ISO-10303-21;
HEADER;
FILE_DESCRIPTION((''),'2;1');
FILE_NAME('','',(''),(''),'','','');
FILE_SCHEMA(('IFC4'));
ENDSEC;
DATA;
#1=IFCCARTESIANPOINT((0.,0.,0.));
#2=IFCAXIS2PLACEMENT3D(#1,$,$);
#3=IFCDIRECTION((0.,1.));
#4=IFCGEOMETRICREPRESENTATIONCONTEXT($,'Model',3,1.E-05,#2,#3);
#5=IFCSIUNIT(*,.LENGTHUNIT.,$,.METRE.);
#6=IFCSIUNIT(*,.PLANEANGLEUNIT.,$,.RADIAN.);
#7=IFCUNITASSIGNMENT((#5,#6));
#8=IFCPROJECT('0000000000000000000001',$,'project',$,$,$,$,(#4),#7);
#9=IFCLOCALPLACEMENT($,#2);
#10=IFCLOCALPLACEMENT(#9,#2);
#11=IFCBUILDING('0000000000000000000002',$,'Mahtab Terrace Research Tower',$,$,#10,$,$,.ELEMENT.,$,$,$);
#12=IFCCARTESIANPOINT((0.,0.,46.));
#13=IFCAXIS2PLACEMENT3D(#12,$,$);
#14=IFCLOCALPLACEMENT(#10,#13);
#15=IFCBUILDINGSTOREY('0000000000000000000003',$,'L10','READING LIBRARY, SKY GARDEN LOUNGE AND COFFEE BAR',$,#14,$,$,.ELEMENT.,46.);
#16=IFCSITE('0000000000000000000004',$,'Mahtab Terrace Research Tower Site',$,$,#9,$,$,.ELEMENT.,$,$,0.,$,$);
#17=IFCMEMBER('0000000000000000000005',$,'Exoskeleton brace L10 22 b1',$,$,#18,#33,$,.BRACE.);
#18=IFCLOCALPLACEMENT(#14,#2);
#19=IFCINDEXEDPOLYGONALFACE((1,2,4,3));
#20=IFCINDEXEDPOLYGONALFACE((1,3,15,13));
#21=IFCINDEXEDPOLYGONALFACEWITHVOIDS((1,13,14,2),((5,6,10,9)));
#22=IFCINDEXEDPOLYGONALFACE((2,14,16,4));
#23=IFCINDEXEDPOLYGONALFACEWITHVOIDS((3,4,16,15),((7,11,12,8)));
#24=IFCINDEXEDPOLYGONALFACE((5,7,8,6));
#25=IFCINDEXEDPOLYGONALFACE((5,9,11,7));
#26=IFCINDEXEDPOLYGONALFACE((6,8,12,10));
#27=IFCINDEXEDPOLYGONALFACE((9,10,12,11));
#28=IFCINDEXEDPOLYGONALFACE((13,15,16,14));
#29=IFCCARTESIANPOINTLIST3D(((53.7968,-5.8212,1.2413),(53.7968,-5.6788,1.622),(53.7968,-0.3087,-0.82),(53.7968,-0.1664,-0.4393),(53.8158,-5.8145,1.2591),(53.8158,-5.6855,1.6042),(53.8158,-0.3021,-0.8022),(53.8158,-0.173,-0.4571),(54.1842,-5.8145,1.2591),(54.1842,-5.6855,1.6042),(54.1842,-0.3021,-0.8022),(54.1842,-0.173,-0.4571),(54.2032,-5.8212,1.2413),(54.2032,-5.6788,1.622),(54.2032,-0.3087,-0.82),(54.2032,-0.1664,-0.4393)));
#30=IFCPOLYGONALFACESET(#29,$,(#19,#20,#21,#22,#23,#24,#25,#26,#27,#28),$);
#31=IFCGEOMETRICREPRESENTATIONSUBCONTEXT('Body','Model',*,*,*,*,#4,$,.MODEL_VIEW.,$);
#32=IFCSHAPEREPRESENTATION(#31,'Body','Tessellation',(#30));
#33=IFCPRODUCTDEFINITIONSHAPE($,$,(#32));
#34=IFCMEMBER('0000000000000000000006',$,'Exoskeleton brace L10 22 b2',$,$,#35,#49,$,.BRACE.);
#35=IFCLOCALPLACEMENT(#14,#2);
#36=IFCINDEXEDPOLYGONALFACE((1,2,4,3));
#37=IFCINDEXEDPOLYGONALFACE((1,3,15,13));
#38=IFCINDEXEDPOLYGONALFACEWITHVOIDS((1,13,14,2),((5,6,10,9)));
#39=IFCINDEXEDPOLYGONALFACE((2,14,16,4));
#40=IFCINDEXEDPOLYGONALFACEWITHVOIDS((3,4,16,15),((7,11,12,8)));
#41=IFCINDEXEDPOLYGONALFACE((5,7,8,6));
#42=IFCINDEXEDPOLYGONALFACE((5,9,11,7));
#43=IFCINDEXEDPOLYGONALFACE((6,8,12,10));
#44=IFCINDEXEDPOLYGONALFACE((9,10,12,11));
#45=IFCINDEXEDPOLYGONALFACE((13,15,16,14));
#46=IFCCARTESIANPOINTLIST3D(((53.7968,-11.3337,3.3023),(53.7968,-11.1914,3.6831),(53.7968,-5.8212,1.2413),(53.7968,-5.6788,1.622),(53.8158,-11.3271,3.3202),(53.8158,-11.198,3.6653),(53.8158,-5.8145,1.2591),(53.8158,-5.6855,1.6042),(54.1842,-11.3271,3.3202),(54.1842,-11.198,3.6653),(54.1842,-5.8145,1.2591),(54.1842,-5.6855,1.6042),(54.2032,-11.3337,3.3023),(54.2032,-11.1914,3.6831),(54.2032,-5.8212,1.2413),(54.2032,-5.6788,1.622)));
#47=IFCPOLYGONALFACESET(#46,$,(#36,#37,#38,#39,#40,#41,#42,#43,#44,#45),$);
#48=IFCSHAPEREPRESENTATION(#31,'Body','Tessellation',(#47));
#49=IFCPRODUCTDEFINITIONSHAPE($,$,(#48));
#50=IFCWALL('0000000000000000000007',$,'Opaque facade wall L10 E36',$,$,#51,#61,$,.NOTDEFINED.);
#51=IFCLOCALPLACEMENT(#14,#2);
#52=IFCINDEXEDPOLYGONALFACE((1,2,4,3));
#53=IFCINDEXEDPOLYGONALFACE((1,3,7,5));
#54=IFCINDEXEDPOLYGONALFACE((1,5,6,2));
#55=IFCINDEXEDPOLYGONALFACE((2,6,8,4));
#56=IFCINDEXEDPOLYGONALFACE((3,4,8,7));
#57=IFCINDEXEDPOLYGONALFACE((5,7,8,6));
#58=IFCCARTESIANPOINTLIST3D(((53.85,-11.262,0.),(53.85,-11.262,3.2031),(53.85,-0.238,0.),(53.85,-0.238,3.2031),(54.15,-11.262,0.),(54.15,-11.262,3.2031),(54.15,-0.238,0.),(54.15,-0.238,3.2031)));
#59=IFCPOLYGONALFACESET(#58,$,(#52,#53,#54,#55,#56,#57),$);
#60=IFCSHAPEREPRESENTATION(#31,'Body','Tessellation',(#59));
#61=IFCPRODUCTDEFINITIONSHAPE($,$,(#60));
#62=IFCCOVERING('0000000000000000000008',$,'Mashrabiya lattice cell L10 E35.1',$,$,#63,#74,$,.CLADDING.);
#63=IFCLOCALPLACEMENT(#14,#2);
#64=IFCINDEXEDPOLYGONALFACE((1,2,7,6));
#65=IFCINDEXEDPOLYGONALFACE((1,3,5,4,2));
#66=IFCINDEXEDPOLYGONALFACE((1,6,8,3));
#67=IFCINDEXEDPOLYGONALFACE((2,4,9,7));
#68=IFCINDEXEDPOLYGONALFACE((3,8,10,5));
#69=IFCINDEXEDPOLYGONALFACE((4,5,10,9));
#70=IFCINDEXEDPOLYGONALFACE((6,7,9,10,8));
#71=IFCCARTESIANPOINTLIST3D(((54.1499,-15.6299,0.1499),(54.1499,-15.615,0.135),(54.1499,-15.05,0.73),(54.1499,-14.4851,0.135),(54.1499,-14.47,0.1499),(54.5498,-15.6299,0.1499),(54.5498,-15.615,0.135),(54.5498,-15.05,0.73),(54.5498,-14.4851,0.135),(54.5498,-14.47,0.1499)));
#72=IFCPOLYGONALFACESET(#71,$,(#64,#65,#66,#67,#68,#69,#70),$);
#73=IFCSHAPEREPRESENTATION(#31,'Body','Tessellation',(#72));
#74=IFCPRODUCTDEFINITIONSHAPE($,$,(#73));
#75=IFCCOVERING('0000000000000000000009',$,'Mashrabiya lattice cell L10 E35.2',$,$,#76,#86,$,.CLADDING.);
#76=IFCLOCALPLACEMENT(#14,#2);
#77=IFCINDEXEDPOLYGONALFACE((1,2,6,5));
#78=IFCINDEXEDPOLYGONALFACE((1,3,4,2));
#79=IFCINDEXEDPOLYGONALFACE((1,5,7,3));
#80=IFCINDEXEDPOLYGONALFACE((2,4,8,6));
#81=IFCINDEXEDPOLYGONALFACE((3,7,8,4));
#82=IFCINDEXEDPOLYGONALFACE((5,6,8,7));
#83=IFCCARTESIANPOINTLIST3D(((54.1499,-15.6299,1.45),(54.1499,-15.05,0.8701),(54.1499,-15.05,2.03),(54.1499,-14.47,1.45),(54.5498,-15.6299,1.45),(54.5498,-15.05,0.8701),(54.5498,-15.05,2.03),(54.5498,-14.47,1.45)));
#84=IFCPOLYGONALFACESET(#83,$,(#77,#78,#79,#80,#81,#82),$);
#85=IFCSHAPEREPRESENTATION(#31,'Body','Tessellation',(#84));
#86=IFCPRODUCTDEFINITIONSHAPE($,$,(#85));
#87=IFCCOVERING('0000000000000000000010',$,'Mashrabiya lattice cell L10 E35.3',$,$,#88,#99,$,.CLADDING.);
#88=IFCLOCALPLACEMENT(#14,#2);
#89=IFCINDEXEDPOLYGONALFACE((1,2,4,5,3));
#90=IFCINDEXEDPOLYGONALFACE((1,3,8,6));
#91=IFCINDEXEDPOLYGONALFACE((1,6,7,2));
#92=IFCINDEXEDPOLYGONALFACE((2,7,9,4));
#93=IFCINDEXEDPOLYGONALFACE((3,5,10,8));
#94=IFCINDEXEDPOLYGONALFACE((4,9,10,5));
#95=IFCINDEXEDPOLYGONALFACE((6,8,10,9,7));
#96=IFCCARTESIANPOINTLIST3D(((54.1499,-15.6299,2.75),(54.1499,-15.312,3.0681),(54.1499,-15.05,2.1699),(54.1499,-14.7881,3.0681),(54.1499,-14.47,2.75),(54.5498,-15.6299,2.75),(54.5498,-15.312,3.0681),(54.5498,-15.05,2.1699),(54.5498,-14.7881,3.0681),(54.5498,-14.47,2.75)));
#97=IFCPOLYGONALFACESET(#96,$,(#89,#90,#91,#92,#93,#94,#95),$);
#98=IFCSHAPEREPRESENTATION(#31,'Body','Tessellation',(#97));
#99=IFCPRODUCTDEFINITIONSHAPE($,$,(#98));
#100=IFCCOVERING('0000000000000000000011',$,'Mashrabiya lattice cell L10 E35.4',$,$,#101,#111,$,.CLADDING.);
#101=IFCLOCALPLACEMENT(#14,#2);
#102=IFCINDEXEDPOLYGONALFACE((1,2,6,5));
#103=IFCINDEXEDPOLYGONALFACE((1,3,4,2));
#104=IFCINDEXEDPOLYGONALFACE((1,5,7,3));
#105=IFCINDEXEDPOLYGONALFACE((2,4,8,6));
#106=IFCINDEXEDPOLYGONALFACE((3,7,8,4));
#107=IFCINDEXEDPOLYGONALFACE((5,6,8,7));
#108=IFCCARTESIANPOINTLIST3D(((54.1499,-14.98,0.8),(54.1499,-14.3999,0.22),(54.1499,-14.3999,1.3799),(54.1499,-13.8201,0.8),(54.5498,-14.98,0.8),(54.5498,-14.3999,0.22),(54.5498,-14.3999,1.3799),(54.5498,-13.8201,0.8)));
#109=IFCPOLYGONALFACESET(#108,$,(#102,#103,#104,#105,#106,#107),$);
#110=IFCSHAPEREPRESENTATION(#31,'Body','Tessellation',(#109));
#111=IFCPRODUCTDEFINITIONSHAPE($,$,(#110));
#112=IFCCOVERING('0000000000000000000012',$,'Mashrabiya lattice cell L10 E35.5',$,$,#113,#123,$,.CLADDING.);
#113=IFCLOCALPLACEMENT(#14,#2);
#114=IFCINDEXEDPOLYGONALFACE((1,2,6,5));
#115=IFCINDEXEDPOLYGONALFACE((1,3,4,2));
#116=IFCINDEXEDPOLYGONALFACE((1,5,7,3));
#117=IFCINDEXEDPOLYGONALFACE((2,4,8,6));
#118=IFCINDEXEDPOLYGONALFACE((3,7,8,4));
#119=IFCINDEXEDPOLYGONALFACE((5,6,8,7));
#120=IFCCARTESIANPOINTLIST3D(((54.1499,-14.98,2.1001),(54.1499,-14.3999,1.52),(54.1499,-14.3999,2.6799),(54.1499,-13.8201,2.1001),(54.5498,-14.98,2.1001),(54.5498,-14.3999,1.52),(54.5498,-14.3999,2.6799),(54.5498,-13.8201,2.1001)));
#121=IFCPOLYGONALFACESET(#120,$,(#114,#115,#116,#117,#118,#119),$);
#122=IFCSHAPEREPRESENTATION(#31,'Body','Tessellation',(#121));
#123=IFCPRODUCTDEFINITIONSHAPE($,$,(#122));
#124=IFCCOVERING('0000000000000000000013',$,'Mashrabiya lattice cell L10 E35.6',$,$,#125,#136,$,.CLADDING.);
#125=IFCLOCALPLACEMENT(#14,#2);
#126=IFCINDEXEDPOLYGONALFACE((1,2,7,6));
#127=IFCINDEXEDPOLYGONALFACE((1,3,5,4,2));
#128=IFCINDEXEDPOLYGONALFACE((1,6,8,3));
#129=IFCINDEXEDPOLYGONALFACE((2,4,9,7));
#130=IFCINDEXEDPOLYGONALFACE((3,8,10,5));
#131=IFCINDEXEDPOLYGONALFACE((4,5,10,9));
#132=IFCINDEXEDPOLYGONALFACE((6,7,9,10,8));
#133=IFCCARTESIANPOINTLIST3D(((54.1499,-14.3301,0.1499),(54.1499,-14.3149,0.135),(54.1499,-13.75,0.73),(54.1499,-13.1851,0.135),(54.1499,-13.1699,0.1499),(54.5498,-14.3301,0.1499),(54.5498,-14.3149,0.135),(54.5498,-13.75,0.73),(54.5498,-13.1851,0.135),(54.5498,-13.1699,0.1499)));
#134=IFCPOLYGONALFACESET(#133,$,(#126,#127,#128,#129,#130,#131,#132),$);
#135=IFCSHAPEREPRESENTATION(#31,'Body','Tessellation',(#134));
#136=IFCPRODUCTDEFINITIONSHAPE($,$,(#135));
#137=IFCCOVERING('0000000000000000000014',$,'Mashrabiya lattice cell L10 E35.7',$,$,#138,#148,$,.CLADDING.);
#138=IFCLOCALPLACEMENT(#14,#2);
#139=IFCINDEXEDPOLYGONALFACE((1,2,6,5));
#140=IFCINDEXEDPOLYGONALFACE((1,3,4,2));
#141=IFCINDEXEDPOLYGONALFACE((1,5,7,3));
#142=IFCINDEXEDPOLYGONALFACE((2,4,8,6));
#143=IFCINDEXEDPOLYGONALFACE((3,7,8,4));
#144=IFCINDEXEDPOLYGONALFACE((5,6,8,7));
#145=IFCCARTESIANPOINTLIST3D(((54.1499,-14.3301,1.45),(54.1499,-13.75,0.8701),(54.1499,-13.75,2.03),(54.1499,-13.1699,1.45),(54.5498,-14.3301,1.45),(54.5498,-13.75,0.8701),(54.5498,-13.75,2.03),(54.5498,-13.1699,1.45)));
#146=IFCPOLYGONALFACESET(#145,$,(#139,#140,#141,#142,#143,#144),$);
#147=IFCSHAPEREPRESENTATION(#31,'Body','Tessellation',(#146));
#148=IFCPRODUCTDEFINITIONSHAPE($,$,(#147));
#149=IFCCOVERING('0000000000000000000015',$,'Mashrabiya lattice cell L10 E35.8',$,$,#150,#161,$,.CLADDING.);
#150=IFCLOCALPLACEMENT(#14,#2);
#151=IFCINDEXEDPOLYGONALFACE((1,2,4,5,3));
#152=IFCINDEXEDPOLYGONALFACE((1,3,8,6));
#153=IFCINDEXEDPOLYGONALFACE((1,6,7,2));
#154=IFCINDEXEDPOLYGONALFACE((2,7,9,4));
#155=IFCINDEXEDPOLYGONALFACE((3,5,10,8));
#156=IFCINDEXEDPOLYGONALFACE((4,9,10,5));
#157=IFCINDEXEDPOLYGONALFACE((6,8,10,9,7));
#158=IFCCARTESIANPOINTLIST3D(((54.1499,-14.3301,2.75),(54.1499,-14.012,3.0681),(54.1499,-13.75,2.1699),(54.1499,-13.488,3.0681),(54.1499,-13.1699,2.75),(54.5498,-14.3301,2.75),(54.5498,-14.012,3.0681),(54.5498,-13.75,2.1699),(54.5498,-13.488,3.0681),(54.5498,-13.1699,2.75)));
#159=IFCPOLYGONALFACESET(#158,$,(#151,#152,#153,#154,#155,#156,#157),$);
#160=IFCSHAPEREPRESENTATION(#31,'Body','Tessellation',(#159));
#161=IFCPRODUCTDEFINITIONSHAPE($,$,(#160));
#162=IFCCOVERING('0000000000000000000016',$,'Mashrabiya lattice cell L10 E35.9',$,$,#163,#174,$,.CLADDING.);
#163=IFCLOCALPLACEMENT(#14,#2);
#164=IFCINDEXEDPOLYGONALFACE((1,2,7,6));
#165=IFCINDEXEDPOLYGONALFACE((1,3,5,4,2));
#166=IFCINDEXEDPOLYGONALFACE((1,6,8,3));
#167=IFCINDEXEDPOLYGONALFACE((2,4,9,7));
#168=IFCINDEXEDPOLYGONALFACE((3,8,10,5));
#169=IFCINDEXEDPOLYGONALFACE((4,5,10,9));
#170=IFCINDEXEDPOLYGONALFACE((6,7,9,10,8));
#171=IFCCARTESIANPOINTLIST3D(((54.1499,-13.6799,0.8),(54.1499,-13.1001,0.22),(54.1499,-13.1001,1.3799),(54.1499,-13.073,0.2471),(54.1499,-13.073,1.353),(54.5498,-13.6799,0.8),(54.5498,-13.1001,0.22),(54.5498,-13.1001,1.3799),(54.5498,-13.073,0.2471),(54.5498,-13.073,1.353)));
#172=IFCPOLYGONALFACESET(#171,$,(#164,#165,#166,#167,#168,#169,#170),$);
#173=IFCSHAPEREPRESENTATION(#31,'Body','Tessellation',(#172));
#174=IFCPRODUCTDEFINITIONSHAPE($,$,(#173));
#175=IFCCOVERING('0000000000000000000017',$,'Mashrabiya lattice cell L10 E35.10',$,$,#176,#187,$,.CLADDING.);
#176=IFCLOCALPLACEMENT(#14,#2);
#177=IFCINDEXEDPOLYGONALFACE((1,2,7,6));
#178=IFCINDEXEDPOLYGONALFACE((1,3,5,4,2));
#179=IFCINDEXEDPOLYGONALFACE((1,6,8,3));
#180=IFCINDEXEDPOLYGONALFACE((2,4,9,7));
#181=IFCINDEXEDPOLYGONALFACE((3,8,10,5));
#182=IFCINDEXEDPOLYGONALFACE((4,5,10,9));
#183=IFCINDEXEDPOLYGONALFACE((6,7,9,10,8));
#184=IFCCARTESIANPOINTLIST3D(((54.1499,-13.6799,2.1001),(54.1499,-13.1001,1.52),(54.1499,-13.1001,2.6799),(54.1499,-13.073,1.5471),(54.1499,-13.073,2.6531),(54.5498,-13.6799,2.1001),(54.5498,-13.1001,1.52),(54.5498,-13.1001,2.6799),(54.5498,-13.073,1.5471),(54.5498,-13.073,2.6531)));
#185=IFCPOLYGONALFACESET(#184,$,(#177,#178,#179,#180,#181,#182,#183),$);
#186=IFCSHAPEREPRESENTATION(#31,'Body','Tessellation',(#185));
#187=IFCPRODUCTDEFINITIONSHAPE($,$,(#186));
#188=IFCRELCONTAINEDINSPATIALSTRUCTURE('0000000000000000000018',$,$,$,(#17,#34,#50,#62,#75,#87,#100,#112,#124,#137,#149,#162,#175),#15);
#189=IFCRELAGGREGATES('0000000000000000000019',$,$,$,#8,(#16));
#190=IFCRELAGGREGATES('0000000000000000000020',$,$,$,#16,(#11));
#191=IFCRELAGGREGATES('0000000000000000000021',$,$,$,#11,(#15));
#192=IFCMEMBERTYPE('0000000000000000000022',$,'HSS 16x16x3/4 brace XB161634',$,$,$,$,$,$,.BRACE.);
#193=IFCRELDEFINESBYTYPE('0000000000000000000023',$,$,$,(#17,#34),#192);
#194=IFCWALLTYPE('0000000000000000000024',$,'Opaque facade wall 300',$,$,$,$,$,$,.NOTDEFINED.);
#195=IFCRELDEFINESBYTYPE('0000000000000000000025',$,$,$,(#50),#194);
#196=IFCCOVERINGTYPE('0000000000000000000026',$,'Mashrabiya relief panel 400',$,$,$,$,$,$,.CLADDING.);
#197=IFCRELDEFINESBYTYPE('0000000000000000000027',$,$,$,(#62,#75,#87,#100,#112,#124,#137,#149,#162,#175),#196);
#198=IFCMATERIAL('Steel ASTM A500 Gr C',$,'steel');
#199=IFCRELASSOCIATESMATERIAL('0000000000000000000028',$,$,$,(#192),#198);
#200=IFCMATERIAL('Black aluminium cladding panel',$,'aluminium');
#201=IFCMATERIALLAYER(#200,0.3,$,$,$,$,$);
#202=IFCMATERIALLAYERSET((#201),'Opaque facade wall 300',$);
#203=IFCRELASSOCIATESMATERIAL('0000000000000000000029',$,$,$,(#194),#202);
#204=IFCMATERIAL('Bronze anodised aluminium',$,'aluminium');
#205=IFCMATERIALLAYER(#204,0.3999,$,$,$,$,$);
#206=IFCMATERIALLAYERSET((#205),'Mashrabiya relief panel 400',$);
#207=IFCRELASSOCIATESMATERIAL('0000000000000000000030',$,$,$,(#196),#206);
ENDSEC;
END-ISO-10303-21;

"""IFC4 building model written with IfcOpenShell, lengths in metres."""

from ifc_helpers import new_model, si_unit, direction, frame, frame_2d, origin, origin_2d, place, context, subcontext, project, spatial, polyline, rectangle, hollow_rectangle, outline, extrude, material, layer, layer_set, material_profile, profile_set, type_object, element, save


model = new_model("IFC4")

# Units and contexts
model_context = context("Model", 3, precision=1e-05, world=origin(), true_north=direction((0.0, 1.0)))
body_context = subcontext(model_context, "Body", "Model", "MODEL_VIEW")
ifc_project = project(units=[si_unit("LENGTHUNIT", "METRE"), si_unit("PLANEANGLEUNIT", "RADIAN")], contexts=[model_context])

# Site, building, storey
site_placement = place(None, origin())
site = spatial("IfcSite", under=ifc_project, at=site_placement, Name="Mahtab Terrace Research Tower Site", CompositionType="ELEMENT", RefElevation=0.0)
building_placement = place(site_placement, origin())
building = spatial("IfcBuilding", under=site, at=building_placement, Name="Mahtab Terrace Research Tower", CompositionType="ELEMENT")
storey_placement = place(building_placement, frame((0.0, 0.0, 46.0)))
storey = spatial("IfcBuildingStorey", under=building, at=storey_placement, Name="L10", Description="READING LIBRARY, SKY GARDEN LOUNGE AND COFFEE BAR", CompositionType="ELEMENT", Elevation=46.0)

# Members
ifc_material_1 = material(Name="Steel ASTM A500 Gr C", Category="steel")
ifc_material_profile = material_profile(ifc_material_1, hollow_rectangle(XDim=0.4065, YDim=0.4065, WallThickness=0.019, at=origin_2d()), Name="HSS16X16X3/4")
ifc_profile_set = profile_set([ifc_material_profile], Name="Steel ASTM A500 Gr C")
member_type = type_object("IfcMemberType", Name="HSS 16x16x3/4 brace XB161634", PredefinedType="BRACE", material=ifc_profile_set)
for number, where, z_axis, x_axis, name in (
    (1, (54.0, -0.2375, -0.6296), (0.0, -0.936658, 0.350246), (1.0, 0.0, 0.0), "Exoskeleton brace L10 22 b1"),
    (2, (54.0, -5.75, 1.4316), (0.0, -0.936671, 0.350209), (1.0, 0.0, 0.0), "Exoskeleton brace L10 22 b2"),
):
    element("IfcMember", number, at=place(storey_placement, frame(where, z_axis=z_axis, x_axis=x_axis)), inside=storey, type_object=member_type, Name=name, PredefinedType="BRACE", context=body_context, shape_type="SweptSolid", body=[
        extrude(hollow_rectangle(XDim=0.4065, YDim=0.4065, WallThickness=0.019, at=origin_2d()), origin(), (0.0, 0.0, 1.0), 5.8853),
    ])

# Wall
ifc_material_2 = material(Name="Black aluminium cladding panel", Category="aluminium")
ifc_layer_1 = layer(ifc_material_2, 0.3)
ifc_layer_set_1 = layer_set([ifc_layer_1], Name="Opaque facade wall 300")
wall_type = type_object("IfcWallType", Name="Opaque facade wall 300", PredefinedType="NOTDEFINED", material=ifc_layer_set_1)
wall_placement = place(storey_placement, frame((54.0, -11.262, 0.0), z_axis=(0.0, 0.0, 1.0), x_axis=(0.0, 1.0, 0.0)))
element("IfcWall", 3, at=wall_placement, inside=storey, type_object=wall_type, Name="Opaque facade wall L10 E36", PredefinedType="NOTDEFINED", context=body_context, shape_type="SweptSolid", body=[
    extrude(rectangle(XDim=11.0239, YDim=0.3, at=frame_2d((5.512, 0.0))), origin(), (0.0, 0.0, 1.0), 3.2031),
])

# Coverings
ifc_material_3 = material(Name="Bronze anodised aluminium", Category="aluminium")
ifc_layer_2 = layer(ifc_material_3, 0.3999)
ifc_layer_set_2 = layer_set([ifc_layer_2], Name="Mashrabiya relief panel 400")
covering_type_1 = type_object("IfcCoveringType", Name="Mashrabiya relief panel 400", PredefinedType="CLADDING", material=ifc_layer_set_2)
covering_1_placement = place(storey_placement, frame((54.1499, -15.6299, 0.1499), z_axis=(-1.0, 0.0, 0.0), x_axis=(0.0, 0.706958, 0.707256)))
element("IfcCovering", 4, at=covering_1_placement, inside=storey, type_object=covering_type_1, Name="Mashrabiya lattice cell L10 E35.1", PredefinedType="CLADDING", context=body_context, shape_type="SweptSolid", body=[
    extrude(outline(polyline([(0.0, 0.0), (0.8202, 0.0), (0.82, 0.8204), (0.7988, 0.8202), (0.0, 0.0211), (0.0, 0.0)])), origin(), (0.0, 0.0, -1.0), 0.3999),
])
covering_2_placement = place(storey_placement, frame((54.1499, -15.05, 2.03), z_axis=(-1.0, 0.0, 0.0), x_axis=(0.0, 0.707107, -0.707107)))
element("IfcCovering", 5, at=covering_2_placement, inside=storey, type_object=covering_type_1, Name="Mashrabiya lattice cell L10 E35.2", PredefinedType="CLADDING", context=body_context, shape_type="SweptSolid", body=[
    extrude(outline(polyline([(0.0, 0.0), (0.8204, 0.0), (0.8202, 0.8202), (0.0002, 0.8202), (0.0, 0.0)])), origin(), (0.0, 0.0, -1.0), 0.3999),
])
covering_3_placement = place(storey_placement, frame((54.1499, -14.47, 2.75), z_axis=(-1.0, 0.0, 0.0), x_axis=(0.0, -0.707107, -0.707107)))
element("IfcCovering", 6, at=covering_3_placement, inside=storey, type_object=covering_type_1, Name="Mashrabiya lattice cell L10 E35.3", PredefinedType="CLADDING", context=body_context, shape_type="SweptSolid", body=[
    extrude(outline(polyline([(0.0, 0.0), (0.8204, 0.0), (0.8202, 0.8202), (0.3705, 0.8204), (0.0, 0.4499), (0.0, 0.0)])), origin(), (0.0, 0.0, -1.0), 0.3999),
])
for number, where, z_axis, x_axis, name in (
    (7, (54.1499, -14.3999, 1.3799), (-1.0, 0.0, 0.0), (0.0, 0.707107, -0.707107), "Mashrabiya lattice cell L10 E35.4"),
    (8, (54.1499, -14.3999, 2.6799), (-1.0, 0.0, 0.0), (0.0, 0.707107, -0.707107), "Mashrabiya lattice cell L10 E35.5"),
):
    element("IfcCovering", number, at=place(storey_placement, frame(where, z_axis=z_axis, x_axis=x_axis)), inside=storey, type_object=covering_type_1, Name=name, PredefinedType="CLADDING", context=body_context, shape_type="SweptSolid", body=[
        extrude(outline(polyline([(0.0, 0.0), (0.82, 0.0), (0.8202, 0.8202), (-0.0002, 0.8202), (0.0, 0.0)])), origin(), (0.0, 0.0, -1.0), 0.3999),
    ])
covering_4_placement = place(storey_placement, frame((54.1499, -14.3301, 0.1499), z_axis=(-1.0, 0.0, 0.0), x_axis=(0.0, 0.707107, 0.707107)))
element("IfcCovering", 9, at=covering_4_placement, inside=storey, type_object=covering_type_1, Name="Mashrabiya lattice cell L10 E35.6", PredefinedType="CLADDING", context=body_context, shape_type="SweptSolid", body=[
    extrude(outline(polyline([(0.0, 0.0), (0.8204, 0.0), (0.8204, 0.8204), (0.7991, 0.8202), (0.0002, 0.0212), (0.0, 0.0)])), origin(), (0.0, 0.0, -1.0), 0.3999),
])
covering_5_placement = place(storey_placement, frame((54.1499, -13.75, 2.03), z_axis=(-1.0, 0.0, 0.0), x_axis=(0.0, 0.707107, -0.707107)))
element("IfcCovering", 10, at=covering_5_placement, inside=storey, type_object=covering_type_1, Name="Mashrabiya lattice cell L10 E35.7", PredefinedType="CLADDING", context=body_context, shape_type="SweptSolid", body=[
    extrude(outline(polyline([(0.0, 0.0), (0.8204, 0.0), (0.8202, 0.8202), (0.0, 0.8204), (0.0, 0.0)])), origin(), (0.0, 0.0, -1.0), 0.3999),
])
covering_6_placement = place(storey_placement, frame((54.1499, -13.1699, 2.75), z_axis=(-1.0, 0.0, 0.0), x_axis=(0.0, -0.707107, -0.707107)))
element("IfcCovering", 11, at=covering_6_placement, inside=storey, type_object=covering_type_1, Name="Mashrabiya lattice cell L10 E35.8", PredefinedType="CLADDING", context=body_context, shape_type="SweptSolid", body=[
    extrude(outline(polyline([(0.0, 0.0), (0.8204, 0.0), (0.8204, 0.8204), (0.3705, 0.8204), (0.0, 0.4499), (0.0, 0.0)])), origin(), (0.0, 0.0, -1.0), 0.3999),
])
for number, where, z_axis, x_axis, name in (
    (12, (54.1499, -13.1001, 0.22), (-1.0, 0.0, 0.0), (0.0, -0.706958, 0.707256), "Mashrabiya lattice cell L10 E35.9"),
    (13, (54.1499, -13.1001, 1.52), (-1.0, 0.0, 0.0), (0.0, -0.706958, 0.707256), "Mashrabiya lattice cell L10 E35.10"),
):
    element("IfcCovering", number, at=place(storey_placement, frame(where, z_axis=z_axis, x_axis=x_axis)), inside=storey, type_object=covering_type_1, Name=name, PredefinedType="CLADDING", context=body_context, shape_type="SweptSolid", body=[
        extrude(outline(polyline([(0.0, 0.0), (0.8202, 0.0), (0.8204, 0.82), (0.7822, 0.8202), (0.0, 0.0383), (0.0, 0.0)])), origin(), (0.0, 0.0, -1.0), 0.3999),
    ])

save(model, "model.ifc")
